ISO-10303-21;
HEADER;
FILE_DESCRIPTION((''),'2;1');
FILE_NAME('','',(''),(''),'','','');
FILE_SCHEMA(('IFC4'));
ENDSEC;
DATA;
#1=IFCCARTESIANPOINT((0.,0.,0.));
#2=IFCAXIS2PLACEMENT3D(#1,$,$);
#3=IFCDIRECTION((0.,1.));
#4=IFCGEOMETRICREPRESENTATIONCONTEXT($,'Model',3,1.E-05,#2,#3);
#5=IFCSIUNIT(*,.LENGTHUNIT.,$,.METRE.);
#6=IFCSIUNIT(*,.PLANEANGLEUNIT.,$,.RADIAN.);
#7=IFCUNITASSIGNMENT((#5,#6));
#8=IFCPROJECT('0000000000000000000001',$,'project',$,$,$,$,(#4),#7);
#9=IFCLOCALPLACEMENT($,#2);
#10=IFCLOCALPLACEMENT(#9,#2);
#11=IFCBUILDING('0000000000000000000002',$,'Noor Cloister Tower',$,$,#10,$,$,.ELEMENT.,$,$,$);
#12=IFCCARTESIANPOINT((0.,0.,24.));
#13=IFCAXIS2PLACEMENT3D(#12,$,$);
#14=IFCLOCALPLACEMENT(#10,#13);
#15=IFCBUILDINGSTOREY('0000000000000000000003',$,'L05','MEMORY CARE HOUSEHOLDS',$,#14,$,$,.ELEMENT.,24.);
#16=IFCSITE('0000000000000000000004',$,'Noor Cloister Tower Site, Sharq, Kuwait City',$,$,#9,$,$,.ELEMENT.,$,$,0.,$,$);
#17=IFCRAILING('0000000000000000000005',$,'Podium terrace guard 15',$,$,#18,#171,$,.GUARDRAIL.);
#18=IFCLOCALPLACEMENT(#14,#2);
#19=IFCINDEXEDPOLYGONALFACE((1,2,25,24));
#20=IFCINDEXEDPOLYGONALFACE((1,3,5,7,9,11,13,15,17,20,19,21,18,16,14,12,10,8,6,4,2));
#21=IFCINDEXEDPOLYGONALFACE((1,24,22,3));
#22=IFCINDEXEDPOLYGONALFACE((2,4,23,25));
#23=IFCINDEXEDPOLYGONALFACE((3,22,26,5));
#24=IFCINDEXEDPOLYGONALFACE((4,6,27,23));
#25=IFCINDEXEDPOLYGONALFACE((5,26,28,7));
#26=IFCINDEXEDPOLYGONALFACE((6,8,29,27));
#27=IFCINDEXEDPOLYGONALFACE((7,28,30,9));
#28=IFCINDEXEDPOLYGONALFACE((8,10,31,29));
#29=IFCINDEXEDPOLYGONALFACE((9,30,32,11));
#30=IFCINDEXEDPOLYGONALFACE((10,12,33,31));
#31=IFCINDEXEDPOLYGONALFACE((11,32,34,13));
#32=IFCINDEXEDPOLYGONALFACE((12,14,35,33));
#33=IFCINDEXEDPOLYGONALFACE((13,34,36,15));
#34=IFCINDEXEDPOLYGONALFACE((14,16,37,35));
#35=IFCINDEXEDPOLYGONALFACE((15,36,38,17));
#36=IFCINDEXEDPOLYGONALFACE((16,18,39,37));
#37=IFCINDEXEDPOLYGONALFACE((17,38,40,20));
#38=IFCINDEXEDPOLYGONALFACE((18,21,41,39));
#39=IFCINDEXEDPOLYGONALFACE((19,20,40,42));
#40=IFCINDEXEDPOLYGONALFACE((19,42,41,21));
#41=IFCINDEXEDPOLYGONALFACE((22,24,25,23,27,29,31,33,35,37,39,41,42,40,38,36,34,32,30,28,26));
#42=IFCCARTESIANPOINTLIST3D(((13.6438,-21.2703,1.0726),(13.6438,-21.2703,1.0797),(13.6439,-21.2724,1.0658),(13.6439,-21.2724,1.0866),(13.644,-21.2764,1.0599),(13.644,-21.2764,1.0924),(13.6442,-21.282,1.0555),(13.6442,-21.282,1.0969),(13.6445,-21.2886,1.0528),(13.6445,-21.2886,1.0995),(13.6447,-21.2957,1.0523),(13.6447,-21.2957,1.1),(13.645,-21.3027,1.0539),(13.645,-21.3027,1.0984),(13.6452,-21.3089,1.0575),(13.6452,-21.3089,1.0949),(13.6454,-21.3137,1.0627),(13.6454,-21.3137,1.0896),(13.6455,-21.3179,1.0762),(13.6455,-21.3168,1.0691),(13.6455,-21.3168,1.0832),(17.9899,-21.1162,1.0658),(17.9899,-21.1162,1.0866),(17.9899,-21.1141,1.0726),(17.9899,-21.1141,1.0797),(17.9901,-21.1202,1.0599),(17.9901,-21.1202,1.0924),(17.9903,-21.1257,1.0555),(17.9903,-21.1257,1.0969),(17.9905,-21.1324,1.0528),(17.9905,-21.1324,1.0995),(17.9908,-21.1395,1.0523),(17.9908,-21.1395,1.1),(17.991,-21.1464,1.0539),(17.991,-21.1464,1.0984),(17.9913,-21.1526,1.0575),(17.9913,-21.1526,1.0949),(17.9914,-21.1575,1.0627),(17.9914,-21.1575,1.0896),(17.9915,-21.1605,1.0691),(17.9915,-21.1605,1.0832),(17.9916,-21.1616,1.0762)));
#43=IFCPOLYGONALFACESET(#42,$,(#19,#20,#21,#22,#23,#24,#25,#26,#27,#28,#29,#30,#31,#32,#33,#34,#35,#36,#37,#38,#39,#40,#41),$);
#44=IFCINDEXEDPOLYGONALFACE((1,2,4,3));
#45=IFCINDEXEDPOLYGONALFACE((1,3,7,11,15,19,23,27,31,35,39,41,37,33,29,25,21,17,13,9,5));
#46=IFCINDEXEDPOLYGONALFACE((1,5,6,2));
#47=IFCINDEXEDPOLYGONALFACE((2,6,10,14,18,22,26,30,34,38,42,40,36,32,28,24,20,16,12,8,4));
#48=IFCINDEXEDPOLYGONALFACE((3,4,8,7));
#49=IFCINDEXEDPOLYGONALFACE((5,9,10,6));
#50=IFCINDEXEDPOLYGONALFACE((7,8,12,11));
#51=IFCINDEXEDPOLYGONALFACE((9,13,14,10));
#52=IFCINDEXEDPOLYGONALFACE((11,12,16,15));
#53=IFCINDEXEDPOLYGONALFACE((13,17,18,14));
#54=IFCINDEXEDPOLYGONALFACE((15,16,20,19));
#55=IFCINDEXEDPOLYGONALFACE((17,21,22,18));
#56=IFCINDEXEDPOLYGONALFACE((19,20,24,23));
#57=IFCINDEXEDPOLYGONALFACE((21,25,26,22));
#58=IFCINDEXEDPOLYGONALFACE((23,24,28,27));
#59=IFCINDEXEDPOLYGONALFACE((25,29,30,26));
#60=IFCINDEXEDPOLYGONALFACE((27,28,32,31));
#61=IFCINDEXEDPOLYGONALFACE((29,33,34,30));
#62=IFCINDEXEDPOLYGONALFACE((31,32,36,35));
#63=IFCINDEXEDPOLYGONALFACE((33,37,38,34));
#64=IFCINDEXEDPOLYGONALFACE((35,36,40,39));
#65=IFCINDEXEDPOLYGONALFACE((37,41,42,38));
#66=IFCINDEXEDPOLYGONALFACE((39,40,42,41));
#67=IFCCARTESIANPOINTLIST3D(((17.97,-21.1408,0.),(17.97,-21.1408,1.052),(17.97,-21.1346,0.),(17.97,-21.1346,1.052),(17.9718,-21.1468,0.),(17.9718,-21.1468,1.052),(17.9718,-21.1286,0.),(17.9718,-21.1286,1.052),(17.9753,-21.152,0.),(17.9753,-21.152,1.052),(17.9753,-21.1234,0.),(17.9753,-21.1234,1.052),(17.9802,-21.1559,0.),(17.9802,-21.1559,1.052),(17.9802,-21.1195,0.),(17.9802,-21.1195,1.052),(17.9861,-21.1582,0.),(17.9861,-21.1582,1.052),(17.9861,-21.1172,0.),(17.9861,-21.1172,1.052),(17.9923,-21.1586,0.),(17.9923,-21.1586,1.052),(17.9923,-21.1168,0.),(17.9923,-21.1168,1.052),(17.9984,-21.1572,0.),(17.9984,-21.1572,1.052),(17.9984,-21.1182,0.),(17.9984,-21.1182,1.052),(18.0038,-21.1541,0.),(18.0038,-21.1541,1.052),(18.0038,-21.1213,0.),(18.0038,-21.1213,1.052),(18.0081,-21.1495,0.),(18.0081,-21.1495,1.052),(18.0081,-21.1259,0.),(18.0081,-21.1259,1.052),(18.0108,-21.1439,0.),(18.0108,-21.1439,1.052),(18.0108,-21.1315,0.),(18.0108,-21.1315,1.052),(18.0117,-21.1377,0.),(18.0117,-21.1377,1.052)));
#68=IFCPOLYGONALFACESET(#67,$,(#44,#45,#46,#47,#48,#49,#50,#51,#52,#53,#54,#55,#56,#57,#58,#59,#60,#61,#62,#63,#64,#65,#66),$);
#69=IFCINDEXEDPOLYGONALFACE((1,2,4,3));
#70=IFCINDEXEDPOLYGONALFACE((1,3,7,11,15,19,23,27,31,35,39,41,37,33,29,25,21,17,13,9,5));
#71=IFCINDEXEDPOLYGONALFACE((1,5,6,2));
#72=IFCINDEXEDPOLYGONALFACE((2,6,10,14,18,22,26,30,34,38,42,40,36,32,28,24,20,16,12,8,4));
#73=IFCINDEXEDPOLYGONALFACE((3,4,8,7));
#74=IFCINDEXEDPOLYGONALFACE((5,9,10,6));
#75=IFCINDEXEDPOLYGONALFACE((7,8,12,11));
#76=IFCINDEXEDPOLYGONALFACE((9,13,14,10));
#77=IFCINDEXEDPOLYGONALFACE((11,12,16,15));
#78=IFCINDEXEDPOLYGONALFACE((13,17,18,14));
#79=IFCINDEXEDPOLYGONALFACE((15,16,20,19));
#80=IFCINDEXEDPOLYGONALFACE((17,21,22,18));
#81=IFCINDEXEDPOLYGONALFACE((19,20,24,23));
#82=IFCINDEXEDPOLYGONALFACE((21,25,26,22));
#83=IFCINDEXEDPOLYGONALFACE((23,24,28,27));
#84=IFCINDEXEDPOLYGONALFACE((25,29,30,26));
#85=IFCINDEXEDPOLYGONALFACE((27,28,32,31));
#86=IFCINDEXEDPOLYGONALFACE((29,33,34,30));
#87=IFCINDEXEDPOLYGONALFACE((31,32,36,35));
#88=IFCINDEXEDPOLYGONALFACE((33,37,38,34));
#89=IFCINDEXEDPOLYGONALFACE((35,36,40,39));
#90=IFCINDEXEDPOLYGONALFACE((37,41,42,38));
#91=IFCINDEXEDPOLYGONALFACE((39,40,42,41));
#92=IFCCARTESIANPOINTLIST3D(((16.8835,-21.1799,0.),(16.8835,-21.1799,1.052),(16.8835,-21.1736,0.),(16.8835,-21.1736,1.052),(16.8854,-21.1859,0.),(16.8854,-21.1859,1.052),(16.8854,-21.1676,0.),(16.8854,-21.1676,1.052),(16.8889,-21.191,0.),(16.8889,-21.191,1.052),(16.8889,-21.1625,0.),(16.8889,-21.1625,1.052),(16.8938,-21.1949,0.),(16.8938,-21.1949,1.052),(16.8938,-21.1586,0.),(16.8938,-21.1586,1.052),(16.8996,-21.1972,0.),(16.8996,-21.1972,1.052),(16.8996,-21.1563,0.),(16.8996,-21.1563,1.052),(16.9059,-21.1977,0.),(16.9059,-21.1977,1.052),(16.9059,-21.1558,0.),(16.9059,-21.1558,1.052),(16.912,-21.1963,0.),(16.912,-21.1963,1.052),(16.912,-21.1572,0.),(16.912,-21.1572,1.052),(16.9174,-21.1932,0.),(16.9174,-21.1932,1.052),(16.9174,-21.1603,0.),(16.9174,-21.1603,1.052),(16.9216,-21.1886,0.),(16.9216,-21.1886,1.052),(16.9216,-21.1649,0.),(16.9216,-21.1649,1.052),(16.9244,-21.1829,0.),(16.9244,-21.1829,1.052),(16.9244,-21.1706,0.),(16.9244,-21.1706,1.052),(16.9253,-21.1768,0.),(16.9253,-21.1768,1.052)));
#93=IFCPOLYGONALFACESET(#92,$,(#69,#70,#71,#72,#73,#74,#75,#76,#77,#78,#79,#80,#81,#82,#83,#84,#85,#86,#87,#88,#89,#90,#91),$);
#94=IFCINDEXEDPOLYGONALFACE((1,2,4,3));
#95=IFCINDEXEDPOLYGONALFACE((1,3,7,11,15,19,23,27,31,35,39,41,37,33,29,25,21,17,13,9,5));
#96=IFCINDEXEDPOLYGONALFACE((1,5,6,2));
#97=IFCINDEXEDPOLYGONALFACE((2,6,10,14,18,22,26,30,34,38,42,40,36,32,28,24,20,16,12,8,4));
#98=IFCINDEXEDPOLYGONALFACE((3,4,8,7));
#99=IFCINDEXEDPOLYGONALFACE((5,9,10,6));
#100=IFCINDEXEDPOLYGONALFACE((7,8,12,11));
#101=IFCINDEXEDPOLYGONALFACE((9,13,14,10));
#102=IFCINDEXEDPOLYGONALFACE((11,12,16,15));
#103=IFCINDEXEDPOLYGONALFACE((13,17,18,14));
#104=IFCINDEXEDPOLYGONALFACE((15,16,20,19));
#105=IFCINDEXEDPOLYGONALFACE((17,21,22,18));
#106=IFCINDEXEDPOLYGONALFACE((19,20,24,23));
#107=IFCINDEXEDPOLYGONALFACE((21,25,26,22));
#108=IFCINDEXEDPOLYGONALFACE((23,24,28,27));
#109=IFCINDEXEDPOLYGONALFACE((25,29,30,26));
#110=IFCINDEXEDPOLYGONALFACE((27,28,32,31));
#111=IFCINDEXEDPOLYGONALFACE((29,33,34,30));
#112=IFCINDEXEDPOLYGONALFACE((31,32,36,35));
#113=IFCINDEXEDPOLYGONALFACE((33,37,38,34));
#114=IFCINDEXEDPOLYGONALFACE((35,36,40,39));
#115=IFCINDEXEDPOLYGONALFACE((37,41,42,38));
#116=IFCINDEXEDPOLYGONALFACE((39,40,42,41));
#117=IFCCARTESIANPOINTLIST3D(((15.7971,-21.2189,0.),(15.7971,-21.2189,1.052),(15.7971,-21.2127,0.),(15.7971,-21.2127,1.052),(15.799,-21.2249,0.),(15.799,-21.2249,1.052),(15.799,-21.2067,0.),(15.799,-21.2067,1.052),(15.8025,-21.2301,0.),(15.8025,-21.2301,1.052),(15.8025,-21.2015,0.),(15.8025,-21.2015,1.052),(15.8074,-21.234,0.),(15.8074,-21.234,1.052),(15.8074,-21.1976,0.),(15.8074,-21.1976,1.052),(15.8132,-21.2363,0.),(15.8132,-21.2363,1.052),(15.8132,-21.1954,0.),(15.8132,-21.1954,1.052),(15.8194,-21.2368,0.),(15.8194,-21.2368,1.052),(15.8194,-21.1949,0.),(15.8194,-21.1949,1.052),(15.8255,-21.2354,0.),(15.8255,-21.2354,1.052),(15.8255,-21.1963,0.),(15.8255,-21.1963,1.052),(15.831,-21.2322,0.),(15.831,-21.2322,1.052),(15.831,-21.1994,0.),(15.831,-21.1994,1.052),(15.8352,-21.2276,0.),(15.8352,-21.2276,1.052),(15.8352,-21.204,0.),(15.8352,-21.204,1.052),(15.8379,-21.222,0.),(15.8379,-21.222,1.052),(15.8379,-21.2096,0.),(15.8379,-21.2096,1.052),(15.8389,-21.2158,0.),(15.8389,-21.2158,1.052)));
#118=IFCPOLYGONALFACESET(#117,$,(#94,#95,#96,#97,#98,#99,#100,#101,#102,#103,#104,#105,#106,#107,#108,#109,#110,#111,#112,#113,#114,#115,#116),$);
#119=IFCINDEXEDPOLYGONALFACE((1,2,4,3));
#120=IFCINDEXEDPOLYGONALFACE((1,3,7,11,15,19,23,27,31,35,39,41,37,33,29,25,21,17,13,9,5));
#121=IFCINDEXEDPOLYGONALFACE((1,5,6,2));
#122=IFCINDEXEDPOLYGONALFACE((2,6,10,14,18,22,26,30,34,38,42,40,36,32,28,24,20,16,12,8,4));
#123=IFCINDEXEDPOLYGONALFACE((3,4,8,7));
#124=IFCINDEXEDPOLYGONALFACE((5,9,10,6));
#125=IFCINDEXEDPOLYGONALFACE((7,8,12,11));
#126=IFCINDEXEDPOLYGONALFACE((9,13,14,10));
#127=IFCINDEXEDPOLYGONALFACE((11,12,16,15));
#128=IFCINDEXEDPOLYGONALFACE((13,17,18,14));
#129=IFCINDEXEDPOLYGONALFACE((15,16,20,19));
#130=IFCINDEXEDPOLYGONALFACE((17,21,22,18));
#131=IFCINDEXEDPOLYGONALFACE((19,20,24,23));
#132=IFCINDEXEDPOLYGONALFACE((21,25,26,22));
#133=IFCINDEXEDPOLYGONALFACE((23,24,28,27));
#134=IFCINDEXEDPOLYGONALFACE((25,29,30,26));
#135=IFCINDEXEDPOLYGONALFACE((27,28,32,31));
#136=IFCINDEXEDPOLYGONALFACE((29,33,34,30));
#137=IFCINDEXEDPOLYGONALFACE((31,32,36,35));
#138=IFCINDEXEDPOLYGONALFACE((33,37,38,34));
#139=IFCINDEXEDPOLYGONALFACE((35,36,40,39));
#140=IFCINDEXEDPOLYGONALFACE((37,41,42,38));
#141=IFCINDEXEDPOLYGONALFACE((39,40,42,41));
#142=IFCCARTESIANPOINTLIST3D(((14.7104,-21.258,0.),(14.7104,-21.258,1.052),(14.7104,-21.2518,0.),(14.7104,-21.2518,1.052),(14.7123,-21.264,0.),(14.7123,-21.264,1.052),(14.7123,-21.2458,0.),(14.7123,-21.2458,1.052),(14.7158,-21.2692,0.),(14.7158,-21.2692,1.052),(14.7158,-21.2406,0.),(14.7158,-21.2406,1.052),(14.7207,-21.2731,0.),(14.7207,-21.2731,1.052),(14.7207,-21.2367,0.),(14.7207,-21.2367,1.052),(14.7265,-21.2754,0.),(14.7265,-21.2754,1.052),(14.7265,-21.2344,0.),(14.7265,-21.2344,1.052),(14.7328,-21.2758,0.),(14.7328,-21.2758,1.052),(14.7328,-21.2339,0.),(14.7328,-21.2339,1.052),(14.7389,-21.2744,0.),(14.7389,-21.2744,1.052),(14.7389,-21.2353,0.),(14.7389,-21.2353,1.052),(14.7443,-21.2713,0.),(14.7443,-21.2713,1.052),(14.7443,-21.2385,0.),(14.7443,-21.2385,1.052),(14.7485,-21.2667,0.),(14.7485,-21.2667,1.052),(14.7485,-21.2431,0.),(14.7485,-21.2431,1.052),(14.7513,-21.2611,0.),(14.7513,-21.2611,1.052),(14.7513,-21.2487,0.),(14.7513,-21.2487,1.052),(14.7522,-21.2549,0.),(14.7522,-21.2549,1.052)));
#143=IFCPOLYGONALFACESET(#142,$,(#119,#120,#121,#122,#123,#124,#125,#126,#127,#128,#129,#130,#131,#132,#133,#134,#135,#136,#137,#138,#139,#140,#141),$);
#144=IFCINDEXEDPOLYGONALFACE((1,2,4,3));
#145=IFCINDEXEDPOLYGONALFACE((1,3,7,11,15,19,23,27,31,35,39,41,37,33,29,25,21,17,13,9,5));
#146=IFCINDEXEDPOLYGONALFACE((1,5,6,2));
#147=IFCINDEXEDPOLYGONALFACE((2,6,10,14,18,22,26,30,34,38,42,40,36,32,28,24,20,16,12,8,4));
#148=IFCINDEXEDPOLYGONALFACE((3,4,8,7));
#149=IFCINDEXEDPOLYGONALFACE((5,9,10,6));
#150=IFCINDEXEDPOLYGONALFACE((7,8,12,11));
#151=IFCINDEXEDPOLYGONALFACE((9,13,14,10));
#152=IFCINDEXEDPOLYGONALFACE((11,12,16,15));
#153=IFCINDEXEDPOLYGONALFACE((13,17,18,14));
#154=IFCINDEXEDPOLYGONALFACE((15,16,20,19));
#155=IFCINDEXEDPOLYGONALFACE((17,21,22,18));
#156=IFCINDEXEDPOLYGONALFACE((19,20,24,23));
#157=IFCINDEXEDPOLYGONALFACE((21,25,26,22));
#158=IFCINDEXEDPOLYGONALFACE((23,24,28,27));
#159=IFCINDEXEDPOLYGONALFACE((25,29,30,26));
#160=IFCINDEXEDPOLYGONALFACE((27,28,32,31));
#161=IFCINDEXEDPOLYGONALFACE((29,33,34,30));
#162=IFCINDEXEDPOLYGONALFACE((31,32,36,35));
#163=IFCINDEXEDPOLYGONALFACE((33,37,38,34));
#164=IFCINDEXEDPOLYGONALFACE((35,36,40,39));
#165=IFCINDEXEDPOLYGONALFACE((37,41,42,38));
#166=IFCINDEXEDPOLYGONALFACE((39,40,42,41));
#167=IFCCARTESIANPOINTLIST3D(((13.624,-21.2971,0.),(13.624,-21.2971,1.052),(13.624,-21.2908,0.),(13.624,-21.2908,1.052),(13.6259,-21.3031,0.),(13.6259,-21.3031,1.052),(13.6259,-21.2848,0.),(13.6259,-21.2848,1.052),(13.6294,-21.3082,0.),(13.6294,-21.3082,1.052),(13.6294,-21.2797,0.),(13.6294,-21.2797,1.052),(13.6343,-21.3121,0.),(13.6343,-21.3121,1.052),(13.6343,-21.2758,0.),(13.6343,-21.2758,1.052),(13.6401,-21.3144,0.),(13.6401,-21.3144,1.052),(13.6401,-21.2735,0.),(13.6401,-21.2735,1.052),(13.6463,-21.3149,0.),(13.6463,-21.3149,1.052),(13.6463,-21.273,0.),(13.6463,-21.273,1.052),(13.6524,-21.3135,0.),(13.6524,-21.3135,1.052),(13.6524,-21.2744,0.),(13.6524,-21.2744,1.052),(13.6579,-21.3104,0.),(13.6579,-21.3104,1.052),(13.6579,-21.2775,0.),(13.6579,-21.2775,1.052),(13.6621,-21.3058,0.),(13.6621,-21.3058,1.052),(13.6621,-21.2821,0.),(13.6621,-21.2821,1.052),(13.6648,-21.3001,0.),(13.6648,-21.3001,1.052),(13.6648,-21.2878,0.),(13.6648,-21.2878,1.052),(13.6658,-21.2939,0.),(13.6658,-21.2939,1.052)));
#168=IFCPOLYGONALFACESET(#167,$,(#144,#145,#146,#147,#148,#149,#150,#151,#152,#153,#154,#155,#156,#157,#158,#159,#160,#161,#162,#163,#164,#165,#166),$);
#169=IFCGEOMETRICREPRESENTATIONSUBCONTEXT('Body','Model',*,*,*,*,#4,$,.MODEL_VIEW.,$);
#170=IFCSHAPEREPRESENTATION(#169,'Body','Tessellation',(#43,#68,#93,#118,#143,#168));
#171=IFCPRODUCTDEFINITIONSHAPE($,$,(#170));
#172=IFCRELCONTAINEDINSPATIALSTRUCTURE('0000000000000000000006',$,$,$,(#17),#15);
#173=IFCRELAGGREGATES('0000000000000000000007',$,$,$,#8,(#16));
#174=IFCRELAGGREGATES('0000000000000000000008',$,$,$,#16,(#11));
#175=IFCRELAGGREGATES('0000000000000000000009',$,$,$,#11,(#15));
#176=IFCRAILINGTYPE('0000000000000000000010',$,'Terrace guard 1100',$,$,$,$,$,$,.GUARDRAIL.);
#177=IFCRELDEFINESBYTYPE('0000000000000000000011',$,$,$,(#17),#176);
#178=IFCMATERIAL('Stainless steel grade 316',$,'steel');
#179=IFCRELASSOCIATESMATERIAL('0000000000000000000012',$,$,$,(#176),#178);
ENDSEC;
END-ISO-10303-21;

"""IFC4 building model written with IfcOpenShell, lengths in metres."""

from ifc_helpers import new_model, si_unit, direction, frame, origin, origin_2d, place, context, subcontext, project, spatial, circle, extrude, material, type_object, element, save


model = new_model("IFC4")

# Units and contexts
model_context = context("Model", 3, precision=1e-05, world=origin(), true_north=direction((0.0, 1.0)))
body_context = subcontext(model_context, "Body", "Model", "MODEL_VIEW")
ifc_project = project(units=[si_unit("LENGTHUNIT", "METRE"), si_unit("PLANEANGLEUNIT", "RADIAN")], contexts=[model_context])

# Site, building, storey
site_placement = place(None, origin())
site = spatial("IfcSite", under=ifc_project, at=site_placement, Name="Noor Cloister Tower Site, Sharq, Kuwait City", CompositionType="ELEMENT", RefElevation=0.0)
building_placement = place(site_placement, origin())
building = spatial("IfcBuilding", under=site, at=building_placement, Name="Noor Cloister Tower", CompositionType="ELEMENT")
storey_placement = place(building_placement, frame((0.0, 0.0, 24.0)))
storey = spatial("IfcBuildingStorey", under=building, at=storey_placement, Name="L05", Description="MEMORY CARE HOUSEHOLDS", CompositionType="ELEMENT", Elevation=24.0)

# Railing
ifc_material_1 = material(Name="Stainless steel grade 316", Category="steel")
railing_type = type_object("IfcRailingType", Name="Terrace guard 1100", PredefinedType="GUARDRAIL", material=ifc_material_1)
railing_1_placement = place(storey_placement, frame((17.9907, -21.1377, 0.0)))
element("IfcRailing", 1, at=railing_1_placement, inside=storey, type_object=railing_type, Name="Podium terrace guard 15", PredefinedType="GUARDRAIL", context=body_context, shape_type="SweptSolid", body=[
    extrude(circle(Radius=0.0239, at=origin_2d()), frame((0.0, 0.0, 1.0762), z_axis=(-0.999354, -0.03593, 0.0), x_axis=(0.03593, -0.999354, 0.0)), (0.0, 0.0, 1.0), 4.3489),
    extrude(circle(Radius=0.021, at=origin_2d()), origin(), (0.0, 0.0, 1.0), 1.052),
    extrude(circle(Radius=0.021, at=origin_2d()), frame((-1.0864, -0.0391, 0.0)), (0.0, 0.0, 1.0), 1.052),
    extrude(circle(Radius=0.021, at=origin_2d()), frame((-2.1729, -0.0781, 0.0)), (0.0, 0.0, 1.0), 1.052),
    extrude(circle(Radius=0.021, at=origin_2d()), frame((-3.2595, -0.1172, 0.0)), (0.0, 0.0, 1.0), 1.052),
    extrude(circle(Radius=0.021, at=origin_2d()), frame((-4.3459, -0.1562, 0.0)), (0.0, 0.0, 1.0), 1.052),
])

save(model, "model.ifc")
